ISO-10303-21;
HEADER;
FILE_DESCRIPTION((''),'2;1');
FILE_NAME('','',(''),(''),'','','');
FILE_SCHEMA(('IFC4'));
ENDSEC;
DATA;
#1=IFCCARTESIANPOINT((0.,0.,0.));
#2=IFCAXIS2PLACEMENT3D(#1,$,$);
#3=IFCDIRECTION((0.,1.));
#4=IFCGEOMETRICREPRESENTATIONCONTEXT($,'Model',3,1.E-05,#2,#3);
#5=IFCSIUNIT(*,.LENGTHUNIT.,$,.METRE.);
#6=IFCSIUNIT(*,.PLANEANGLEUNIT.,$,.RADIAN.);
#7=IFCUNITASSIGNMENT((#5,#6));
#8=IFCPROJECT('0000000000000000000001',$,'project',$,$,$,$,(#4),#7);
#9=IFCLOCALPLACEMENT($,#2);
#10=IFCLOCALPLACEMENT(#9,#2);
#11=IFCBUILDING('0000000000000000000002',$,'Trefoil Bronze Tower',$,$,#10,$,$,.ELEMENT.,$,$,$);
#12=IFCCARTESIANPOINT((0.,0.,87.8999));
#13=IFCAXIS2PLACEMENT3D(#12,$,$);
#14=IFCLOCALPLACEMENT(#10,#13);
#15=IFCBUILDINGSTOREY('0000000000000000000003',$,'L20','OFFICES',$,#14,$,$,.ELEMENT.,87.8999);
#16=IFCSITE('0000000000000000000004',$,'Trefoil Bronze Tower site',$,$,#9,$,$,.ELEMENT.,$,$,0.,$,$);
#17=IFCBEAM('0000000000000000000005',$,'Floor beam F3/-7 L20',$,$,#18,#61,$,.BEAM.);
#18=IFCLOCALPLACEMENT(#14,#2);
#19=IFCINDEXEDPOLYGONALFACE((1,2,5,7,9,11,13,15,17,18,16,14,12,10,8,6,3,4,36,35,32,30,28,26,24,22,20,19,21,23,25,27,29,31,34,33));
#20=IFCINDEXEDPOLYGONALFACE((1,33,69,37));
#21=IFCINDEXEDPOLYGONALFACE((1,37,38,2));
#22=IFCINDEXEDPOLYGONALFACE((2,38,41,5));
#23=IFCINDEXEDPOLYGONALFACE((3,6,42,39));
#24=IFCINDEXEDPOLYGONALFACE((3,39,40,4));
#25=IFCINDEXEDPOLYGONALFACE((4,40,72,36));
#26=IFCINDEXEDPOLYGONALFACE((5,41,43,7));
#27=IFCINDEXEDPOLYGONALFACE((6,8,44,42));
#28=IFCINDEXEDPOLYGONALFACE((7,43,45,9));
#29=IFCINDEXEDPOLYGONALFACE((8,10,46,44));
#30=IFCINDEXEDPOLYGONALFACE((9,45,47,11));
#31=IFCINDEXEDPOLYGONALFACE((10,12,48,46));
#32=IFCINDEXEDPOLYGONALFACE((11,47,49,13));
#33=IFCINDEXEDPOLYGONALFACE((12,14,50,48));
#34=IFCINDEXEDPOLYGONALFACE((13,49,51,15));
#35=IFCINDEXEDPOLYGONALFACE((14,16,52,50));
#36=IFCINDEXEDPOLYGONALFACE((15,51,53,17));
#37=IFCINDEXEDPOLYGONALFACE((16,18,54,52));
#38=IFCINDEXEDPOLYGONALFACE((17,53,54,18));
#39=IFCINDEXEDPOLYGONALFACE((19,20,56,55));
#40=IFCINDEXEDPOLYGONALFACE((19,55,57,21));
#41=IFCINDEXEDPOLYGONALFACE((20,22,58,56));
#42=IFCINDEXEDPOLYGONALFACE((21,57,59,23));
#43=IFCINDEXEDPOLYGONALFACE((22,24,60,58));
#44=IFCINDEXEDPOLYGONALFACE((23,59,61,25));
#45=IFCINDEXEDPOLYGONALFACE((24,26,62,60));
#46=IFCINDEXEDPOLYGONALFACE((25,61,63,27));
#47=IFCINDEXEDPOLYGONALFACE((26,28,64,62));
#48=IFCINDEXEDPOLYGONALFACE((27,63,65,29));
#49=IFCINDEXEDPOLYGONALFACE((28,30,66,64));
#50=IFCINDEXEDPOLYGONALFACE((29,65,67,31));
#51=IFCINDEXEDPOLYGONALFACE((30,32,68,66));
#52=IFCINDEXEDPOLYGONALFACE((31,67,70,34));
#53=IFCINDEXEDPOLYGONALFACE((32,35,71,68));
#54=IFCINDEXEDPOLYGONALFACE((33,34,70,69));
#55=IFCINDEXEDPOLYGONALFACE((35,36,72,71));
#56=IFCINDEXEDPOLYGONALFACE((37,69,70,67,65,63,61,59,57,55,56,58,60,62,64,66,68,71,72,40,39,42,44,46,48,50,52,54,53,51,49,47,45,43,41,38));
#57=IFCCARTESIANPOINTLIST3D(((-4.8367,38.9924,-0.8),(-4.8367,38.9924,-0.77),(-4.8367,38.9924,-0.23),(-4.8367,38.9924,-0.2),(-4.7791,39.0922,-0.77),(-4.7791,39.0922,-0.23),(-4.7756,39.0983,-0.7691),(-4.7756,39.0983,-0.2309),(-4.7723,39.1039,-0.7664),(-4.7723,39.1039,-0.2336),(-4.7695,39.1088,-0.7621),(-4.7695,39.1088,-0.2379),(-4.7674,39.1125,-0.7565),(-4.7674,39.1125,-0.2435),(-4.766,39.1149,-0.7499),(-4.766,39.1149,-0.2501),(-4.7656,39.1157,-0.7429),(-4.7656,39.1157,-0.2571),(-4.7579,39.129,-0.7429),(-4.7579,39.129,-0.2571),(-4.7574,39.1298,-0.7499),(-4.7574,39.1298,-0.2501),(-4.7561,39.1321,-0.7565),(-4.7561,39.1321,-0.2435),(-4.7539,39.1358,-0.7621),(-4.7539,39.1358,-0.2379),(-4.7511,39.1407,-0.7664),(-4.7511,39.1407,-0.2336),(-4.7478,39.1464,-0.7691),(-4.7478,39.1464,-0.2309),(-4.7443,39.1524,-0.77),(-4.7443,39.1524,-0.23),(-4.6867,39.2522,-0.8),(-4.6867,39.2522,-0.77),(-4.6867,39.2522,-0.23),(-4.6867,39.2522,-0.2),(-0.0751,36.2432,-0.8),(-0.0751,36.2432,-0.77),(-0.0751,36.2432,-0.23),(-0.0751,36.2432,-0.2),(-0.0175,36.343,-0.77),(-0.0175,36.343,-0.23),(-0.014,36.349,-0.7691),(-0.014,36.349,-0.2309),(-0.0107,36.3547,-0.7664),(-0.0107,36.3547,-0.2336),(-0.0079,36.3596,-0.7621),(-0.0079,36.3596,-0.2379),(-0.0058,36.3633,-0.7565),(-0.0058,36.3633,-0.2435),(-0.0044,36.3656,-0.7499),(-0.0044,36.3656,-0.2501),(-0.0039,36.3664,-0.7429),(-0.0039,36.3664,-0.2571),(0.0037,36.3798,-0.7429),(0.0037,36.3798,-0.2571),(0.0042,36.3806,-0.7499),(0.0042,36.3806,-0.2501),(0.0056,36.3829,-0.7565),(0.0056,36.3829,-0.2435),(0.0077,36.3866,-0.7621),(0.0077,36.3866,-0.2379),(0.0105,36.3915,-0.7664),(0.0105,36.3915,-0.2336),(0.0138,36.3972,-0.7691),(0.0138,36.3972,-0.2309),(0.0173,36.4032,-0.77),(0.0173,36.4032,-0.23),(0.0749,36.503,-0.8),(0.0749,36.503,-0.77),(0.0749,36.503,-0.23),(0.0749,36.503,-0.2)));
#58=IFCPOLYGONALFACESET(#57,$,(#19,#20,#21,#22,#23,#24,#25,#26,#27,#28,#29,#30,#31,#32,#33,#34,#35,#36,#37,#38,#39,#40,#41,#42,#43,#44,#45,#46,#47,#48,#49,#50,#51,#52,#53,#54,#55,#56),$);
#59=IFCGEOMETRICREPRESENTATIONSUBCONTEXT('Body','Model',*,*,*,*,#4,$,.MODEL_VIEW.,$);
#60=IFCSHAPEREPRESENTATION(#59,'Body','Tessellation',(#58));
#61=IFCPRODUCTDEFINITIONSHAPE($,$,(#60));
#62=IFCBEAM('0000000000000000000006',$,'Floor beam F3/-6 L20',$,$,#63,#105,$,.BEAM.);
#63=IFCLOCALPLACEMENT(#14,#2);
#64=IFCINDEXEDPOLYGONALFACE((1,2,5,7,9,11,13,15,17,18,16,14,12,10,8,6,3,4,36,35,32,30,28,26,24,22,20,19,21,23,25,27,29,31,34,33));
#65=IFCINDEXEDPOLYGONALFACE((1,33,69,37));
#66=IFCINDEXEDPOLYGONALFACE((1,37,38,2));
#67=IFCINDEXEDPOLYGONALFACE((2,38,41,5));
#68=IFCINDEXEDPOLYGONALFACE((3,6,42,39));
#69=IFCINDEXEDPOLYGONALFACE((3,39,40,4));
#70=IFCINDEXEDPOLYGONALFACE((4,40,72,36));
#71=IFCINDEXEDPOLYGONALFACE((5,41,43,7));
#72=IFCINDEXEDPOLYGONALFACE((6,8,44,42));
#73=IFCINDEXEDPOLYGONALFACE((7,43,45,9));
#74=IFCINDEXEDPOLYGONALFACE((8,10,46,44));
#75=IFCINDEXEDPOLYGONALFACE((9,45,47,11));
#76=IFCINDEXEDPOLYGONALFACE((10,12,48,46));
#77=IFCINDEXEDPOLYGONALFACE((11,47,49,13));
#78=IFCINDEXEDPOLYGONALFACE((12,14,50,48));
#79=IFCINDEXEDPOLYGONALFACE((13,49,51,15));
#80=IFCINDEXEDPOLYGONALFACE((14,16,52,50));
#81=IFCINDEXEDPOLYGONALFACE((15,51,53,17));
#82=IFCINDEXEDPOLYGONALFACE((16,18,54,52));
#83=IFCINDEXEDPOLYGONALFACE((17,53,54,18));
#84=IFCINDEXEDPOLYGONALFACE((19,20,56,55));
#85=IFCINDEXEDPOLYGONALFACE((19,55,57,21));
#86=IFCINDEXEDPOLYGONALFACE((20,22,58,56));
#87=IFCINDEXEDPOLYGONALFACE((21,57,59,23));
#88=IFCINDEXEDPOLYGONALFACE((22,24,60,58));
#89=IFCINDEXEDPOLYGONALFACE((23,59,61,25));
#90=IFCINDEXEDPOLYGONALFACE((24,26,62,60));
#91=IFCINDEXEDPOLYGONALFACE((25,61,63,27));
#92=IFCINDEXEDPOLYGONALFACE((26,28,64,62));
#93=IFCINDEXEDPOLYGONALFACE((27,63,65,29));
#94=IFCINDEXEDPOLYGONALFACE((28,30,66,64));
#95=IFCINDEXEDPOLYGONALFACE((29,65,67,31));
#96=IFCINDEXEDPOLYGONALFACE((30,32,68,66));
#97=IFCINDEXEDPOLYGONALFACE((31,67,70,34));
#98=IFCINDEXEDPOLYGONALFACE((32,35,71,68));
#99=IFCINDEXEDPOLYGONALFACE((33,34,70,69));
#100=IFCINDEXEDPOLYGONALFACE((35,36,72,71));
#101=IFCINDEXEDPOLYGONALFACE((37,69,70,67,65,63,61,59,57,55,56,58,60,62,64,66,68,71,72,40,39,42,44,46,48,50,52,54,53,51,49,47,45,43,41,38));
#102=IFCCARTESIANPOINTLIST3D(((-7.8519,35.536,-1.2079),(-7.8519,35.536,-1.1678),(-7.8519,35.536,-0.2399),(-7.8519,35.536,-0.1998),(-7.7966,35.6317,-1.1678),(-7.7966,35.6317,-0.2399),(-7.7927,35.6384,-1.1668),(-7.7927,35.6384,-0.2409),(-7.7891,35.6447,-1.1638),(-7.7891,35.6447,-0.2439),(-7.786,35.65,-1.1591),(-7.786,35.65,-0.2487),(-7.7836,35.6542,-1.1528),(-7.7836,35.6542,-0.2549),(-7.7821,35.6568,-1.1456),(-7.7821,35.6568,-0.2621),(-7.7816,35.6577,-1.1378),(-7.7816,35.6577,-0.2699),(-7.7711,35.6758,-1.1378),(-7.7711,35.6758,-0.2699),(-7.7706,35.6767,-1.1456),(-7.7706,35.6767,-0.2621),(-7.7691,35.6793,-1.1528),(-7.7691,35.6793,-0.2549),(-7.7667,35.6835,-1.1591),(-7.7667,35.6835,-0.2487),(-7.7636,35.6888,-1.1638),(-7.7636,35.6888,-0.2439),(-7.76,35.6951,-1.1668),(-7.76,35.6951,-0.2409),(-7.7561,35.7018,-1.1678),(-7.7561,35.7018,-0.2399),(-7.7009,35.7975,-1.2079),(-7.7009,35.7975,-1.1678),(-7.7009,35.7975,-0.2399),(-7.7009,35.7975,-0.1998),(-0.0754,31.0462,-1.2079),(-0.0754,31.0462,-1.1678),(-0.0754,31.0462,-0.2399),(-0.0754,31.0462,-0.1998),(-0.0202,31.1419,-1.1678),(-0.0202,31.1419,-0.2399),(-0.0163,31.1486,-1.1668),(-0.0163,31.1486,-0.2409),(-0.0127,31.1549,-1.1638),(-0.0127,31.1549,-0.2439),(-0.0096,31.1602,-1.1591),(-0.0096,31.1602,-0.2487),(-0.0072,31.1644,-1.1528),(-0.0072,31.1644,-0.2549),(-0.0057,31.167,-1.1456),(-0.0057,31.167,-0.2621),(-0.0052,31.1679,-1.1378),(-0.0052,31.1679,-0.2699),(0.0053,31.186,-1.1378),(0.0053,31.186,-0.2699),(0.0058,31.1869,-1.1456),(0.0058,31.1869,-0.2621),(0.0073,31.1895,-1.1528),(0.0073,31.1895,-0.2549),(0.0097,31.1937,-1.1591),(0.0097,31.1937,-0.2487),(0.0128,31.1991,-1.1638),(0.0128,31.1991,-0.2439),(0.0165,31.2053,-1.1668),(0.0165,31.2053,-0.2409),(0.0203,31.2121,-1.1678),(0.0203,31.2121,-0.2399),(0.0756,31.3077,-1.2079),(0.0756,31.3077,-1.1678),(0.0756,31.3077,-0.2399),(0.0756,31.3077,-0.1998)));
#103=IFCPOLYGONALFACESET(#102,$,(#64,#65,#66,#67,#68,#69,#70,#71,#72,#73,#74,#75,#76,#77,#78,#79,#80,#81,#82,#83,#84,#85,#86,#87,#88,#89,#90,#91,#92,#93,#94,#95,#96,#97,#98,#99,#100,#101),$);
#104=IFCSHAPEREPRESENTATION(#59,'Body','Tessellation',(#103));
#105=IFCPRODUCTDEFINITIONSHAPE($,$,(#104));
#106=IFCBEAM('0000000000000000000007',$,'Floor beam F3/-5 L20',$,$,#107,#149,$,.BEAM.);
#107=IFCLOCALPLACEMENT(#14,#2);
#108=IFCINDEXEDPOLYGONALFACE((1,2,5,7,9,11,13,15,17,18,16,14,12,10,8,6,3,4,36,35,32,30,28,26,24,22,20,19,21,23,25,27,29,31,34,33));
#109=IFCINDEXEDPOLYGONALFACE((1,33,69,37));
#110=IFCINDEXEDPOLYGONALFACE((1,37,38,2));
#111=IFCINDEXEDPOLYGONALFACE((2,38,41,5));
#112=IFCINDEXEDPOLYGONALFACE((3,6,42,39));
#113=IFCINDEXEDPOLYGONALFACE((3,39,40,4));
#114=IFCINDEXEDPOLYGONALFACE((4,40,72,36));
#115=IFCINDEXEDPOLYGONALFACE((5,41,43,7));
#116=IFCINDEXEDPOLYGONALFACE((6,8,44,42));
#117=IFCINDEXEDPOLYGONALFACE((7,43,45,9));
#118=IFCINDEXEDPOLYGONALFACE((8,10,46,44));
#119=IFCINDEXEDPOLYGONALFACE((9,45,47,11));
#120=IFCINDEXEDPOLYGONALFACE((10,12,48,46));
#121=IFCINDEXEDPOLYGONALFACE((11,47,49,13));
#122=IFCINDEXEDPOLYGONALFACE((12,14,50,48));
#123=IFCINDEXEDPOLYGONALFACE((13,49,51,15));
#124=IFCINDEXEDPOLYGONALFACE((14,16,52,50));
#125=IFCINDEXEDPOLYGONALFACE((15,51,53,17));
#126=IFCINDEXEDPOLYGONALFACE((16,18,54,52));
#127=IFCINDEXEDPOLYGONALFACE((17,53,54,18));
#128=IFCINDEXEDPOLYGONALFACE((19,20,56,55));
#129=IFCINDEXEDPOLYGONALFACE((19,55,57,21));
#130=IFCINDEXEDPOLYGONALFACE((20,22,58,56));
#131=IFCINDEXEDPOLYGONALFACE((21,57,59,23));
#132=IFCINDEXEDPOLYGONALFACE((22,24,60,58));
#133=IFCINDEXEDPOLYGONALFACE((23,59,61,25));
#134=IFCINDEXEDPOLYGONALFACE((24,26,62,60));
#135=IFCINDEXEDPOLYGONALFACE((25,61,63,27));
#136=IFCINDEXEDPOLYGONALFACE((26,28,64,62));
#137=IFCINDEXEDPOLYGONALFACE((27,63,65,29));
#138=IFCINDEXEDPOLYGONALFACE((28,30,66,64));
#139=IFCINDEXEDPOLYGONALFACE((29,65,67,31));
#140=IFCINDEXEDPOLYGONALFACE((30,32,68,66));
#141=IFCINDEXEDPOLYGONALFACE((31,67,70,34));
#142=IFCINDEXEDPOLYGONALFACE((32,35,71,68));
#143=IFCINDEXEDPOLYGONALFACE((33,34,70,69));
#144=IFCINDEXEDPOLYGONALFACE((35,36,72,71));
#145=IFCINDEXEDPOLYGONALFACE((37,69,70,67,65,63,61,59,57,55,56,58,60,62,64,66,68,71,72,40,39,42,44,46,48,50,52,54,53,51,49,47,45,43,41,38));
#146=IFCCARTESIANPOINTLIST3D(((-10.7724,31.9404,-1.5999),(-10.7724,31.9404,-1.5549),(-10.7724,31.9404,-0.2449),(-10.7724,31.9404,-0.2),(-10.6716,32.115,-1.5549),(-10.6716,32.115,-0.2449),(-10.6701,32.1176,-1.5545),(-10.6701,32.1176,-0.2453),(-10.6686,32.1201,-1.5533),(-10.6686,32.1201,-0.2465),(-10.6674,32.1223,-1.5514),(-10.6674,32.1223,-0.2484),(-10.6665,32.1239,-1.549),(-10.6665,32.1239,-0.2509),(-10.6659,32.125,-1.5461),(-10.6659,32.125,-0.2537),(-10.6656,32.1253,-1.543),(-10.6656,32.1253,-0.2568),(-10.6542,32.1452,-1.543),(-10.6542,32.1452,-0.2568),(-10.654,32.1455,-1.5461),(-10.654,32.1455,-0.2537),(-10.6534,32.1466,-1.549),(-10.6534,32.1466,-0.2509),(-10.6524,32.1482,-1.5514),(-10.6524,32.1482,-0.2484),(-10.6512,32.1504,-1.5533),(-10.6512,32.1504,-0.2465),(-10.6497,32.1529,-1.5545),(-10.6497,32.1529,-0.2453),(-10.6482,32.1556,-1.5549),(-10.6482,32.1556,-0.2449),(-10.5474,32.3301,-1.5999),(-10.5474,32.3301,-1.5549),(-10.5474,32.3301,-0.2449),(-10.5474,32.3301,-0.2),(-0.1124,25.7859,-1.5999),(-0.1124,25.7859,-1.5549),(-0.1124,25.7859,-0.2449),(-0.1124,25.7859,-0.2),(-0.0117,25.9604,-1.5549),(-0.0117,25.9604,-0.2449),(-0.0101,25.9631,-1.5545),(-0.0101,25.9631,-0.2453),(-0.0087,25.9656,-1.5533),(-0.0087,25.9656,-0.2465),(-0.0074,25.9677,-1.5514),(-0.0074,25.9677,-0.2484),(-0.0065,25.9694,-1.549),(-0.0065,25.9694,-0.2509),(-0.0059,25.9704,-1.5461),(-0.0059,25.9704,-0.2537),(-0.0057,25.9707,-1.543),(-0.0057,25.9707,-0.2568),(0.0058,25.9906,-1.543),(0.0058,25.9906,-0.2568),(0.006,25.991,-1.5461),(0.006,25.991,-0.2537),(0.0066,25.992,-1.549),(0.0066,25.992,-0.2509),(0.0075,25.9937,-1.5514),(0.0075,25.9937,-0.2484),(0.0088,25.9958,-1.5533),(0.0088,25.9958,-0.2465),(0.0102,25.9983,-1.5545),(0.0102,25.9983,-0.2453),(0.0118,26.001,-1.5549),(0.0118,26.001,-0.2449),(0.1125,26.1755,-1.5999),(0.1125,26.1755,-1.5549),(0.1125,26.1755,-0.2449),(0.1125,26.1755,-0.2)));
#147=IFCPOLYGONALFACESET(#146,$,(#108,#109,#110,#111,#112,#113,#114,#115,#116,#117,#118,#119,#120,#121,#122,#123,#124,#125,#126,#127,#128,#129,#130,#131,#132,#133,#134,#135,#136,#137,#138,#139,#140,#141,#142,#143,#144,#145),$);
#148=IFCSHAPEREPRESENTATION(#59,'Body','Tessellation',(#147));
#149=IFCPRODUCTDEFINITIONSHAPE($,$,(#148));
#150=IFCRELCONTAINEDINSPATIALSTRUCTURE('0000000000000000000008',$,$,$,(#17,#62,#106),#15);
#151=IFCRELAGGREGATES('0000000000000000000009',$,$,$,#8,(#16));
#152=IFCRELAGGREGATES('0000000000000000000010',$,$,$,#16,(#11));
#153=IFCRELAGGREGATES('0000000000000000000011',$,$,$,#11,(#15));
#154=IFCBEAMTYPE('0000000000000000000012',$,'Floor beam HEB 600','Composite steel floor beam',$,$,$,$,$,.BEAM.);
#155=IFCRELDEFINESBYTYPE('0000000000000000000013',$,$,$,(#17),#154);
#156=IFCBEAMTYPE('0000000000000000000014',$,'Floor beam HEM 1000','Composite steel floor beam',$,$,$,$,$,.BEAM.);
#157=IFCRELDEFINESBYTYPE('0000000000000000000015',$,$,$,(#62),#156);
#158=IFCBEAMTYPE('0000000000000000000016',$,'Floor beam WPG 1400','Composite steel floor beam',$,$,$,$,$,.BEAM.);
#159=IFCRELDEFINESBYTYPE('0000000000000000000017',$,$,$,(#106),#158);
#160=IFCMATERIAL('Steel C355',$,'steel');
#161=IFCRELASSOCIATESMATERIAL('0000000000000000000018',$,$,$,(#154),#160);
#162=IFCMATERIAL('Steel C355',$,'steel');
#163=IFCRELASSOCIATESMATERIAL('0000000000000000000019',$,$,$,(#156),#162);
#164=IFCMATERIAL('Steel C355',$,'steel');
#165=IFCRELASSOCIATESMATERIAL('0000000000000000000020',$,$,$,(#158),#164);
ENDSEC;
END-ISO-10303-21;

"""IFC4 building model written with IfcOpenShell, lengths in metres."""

from ifc_helpers import new_model, si_unit, direction, frame, origin, origin_2d, place, context, subcontext, project, spatial, i_section, extrude, material, material_profile, profile_set, type_object, element, save


model = new_model("IFC4")

# Units and contexts
model_context = context("Model", 3, precision=1e-05, world=origin(), true_north=direction((0.0, 1.0)))
body_context = subcontext(model_context, "Body", "Model", "MODEL_VIEW")
ifc_project = project(units=[si_unit("LENGTHUNIT", "METRE"), si_unit("PLANEANGLEUNIT", "RADIAN")], contexts=[model_context])

# Site, building, storey
site_placement = place(None, origin())
site = spatial("IfcSite", under=ifc_project, at=site_placement, Name="Trefoil Bronze Tower site", CompositionType="ELEMENT", RefElevation=0.0)
building_placement = place(site_placement, origin())
building = spatial("IfcBuilding", under=site, at=building_placement, Name="Trefoil Bronze Tower", CompositionType="ELEMENT")
storey_placement = place(building_placement, frame((0.0, 0.0, 87.8999)))
storey = spatial("IfcBuildingStorey", under=building, at=storey_placement, Name="L20", Description="OFFICES", CompositionType="ELEMENT", Elevation=87.8999)

# Beams
ifc_material_1 = material(Name="Steel C355", Category="steel")
ifc_material_profile_1 = material_profile(ifc_material_1, i_section(OverallWidth=0.3, OverallDepth=0.6001, WebThickness=0.0154, FlangeThickness=0.03, FilletRadius=0.0271, at=origin_2d()), Name="HEB 600")
ifc_profile_set_1 = profile_set([ifc_material_profile_1], Name="Steel C355")
beam_type_1 = type_object("IfcBeamType", Name="Floor beam HEB 600", Description="Composite steel floor beam", PredefinedType="BEAM", material=ifc_profile_set_1)
beam_1_placement = place(storey_placement, frame((-4.7617, 39.1223, -0.5), z_axis=(0.866018, -0.500012, 0.0), x_axis=(0.500012, 0.866018, 0.0)))
element("IfcBeam", 1, at=beam_1_placement, inside=storey, type_object=beam_type_1, Name="Floor beam F3/-7 L20", PredefinedType="BEAM", context=body_context, shape_type="SweptSolid", body=[
    extrude(i_section(OverallWidth=0.3, OverallDepth=0.6001, WebThickness=0.0154, FlangeThickness=0.03, FilletRadius=0.0271, at=origin_2d()), origin(), (0.0, 0.0, 1.0), 5.4983),
])
ifc_material_2 = material(Name="Steel C355", Category="steel")
ifc_material_profile_2 = material_profile(ifc_material_2, i_section(OverallWidth=0.302, OverallDepth=1.0081, WebThickness=0.021, FlangeThickness=0.04, FilletRadius=0.03, at=origin_2d()), Name="HEM 1000")
ifc_profile_set_2 = profile_set([ifc_material_profile_2], Name="Steel C355")
beam_type_2 = type_object("IfcBeamType", Name="Floor beam HEM 1000", Description="Composite steel floor beam", PredefinedType="BEAM", material=ifc_profile_set_2)
beam_2_placement = place(storey_placement, frame((-7.7764, 35.6667, -0.7039), z_axis=(0.866023, -0.500005, 0.0), x_axis=(0.500005, 0.866023, 0.0)))
element("IfcBeam", 2, at=beam_2_placement, inside=storey, type_object=beam_type_2, Name="Floor beam F3/-6 L20", PredefinedType="BEAM", context=body_context, shape_type="SweptSolid", body=[
    extrude(i_section(OverallWidth=0.302, OverallDepth=1.0081, WebThickness=0.021, FlangeThickness=0.04, FilletRadius=0.03, at=origin_2d()), origin(), (0.0, 0.0, 1.0), 8.9795),
])
ifc_material_3 = material(Name="Steel C355", Category="steel")
ifc_material_profile_3 = material_profile(ifc_material_3, i_section(OverallWidth=0.45, OverallDepth=1.3999, WebThickness=0.0229, FlangeThickness=0.0449, FilletRadius=0.012, at=origin_2d()), Name="WPG 1400")
ifc_profile_set_3 = profile_set([ifc_material_profile_3], Name="Steel C355")
beam_type_3 = type_object("IfcBeamType", Name="Floor beam WPG 1400", Description="Composite steel floor beam", PredefinedType="BEAM", material=ifc_profile_set_3)
beam_3_placement = place(storey_placement, frame((-10.6599, 32.1353, -0.8999), z_axis=(0.866024, -0.500002, 0.0), x_axis=(0.500002, 0.866024, 0.0)))
element("IfcBeam", 3, at=beam_3_placement, inside=storey, type_object=beam_type_3, Name="Floor beam F3/-5 L20", PredefinedType="BEAM", context=body_context, shape_type="SweptSolid", body=[
    extrude(i_section(OverallWidth=0.45, OverallDepth=1.3999, WebThickness=0.0229, FlangeThickness=0.0449, FilletRadius=0.012, at=origin_2d()), origin(), (0.0, 0.0, 1.0), 12.3091),
])

save(model, "model.ifc")
